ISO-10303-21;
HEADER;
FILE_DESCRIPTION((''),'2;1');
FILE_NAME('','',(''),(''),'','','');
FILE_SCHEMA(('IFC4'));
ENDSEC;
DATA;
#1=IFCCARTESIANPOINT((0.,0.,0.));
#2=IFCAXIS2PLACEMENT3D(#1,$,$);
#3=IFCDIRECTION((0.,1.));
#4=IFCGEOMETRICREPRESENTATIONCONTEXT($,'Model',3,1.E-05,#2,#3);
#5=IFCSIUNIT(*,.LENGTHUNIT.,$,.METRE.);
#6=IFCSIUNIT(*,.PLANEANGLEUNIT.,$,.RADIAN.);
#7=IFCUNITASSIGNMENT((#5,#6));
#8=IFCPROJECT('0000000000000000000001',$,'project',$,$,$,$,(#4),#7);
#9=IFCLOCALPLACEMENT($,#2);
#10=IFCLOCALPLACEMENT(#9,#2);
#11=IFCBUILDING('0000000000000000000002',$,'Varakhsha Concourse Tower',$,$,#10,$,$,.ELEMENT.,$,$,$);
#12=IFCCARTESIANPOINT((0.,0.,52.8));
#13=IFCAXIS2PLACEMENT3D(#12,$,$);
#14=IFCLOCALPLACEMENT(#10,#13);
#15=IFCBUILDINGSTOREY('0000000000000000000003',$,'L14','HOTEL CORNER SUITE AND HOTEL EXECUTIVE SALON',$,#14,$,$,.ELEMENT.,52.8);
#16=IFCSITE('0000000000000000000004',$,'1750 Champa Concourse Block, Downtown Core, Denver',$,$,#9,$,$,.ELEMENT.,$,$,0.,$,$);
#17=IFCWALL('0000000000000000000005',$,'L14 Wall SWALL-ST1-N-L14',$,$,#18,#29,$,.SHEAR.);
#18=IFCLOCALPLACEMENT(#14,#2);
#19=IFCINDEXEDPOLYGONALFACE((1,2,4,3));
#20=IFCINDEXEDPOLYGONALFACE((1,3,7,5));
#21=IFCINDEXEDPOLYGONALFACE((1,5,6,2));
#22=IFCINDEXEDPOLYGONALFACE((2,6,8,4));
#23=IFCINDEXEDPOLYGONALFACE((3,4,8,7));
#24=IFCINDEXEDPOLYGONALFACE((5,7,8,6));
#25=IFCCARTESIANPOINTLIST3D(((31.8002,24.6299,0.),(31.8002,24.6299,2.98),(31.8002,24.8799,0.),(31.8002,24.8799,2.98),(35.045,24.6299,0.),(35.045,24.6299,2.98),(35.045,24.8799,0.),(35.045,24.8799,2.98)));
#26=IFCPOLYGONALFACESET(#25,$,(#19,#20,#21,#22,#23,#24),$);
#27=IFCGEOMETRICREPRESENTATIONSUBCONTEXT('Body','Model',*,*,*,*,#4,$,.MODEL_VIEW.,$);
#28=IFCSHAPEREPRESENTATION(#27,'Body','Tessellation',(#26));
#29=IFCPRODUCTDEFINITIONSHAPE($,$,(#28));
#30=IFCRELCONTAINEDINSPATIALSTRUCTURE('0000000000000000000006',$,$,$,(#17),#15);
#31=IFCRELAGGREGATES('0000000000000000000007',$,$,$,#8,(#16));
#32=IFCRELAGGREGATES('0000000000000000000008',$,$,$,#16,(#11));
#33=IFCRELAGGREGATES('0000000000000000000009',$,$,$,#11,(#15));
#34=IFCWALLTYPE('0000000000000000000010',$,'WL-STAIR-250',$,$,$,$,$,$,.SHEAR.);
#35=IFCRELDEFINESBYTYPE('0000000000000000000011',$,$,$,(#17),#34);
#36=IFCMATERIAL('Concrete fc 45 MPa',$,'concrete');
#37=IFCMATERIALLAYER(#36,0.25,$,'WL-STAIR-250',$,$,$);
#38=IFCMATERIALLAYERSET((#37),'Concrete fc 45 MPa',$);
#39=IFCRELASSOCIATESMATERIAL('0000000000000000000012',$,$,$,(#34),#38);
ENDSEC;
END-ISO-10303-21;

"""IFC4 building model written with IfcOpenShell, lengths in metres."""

from ifc_helpers import new_model, si_unit, direction, frame, frame_2d, origin, place, context, subcontext, project, spatial, rectangle, extrude, material, layer, layer_set, type_object, element, save


model = new_model("IFC4")

# Units and contexts
model_context = context("Model", 3, precision=1e-05, world=origin(), true_north=direction((0.0, 1.0)))
body_context = subcontext(model_context, "Body", "Model", "MODEL_VIEW")
ifc_project = project(units=[si_unit("LENGTHUNIT", "METRE"), si_unit("PLANEANGLEUNIT", "RADIAN")], contexts=[model_context])

# Site, building, storey
site_placement = place(None, origin())
site = spatial("IfcSite", under=ifc_project, at=site_placement, Name="1750 Champa Concourse Block, Downtown Core, Denver", CompositionType="ELEMENT", RefElevation=0.0)
building_placement = place(site_placement, origin())
building = spatial("IfcBuilding", under=site, at=building_placement, Name="Varakhsha Concourse Tower", CompositionType="ELEMENT")
storey_placement = place(building_placement, frame((0.0, 0.0, 52.8)))
storey = spatial("IfcBuildingStorey", under=building, at=storey_placement, Name="L14", Description="HOTEL CORNER SUITE AND HOTEL EXECUTIVE SALON", CompositionType="ELEMENT", Elevation=52.8)

# Wall
ifc_material_1 = material(Name="Concrete fc 45 MPa", Category="concrete")
ifc_layer_1 = layer(ifc_material_1, 0.25, Name="WL-STAIR-250")
ifc_layer_set_1 = layer_set([ifc_layer_1], Name="Concrete fc 45 MPa")
wall_type_1 = type_object("IfcWallType", Name="WL-STAIR-250", PredefinedType="SHEAR", material=ifc_layer_set_1)
wall_1_placement = place(storey_placement, frame((31.8, 24.7549, 0.0), z_axis=(0.0, 0.0, 1.0), x_axis=(1.0, 0.0, 0.0)))
element("IfcWall", 1, at=wall_1_placement, inside=storey, type_object=wall_type_1, Name="L14 Wall SWALL-ST1-N-L14", PredefinedType="SHEAR", context=body_context, shape_type="SweptSolid", body=[
    extrude(rectangle(XDim=3.2449, YDim=0.25, at=frame_2d((1.6226, 0.0))), origin(), (0.0, 0.0, 1.0), 2.98),
])

save(model, "model.ifc")
